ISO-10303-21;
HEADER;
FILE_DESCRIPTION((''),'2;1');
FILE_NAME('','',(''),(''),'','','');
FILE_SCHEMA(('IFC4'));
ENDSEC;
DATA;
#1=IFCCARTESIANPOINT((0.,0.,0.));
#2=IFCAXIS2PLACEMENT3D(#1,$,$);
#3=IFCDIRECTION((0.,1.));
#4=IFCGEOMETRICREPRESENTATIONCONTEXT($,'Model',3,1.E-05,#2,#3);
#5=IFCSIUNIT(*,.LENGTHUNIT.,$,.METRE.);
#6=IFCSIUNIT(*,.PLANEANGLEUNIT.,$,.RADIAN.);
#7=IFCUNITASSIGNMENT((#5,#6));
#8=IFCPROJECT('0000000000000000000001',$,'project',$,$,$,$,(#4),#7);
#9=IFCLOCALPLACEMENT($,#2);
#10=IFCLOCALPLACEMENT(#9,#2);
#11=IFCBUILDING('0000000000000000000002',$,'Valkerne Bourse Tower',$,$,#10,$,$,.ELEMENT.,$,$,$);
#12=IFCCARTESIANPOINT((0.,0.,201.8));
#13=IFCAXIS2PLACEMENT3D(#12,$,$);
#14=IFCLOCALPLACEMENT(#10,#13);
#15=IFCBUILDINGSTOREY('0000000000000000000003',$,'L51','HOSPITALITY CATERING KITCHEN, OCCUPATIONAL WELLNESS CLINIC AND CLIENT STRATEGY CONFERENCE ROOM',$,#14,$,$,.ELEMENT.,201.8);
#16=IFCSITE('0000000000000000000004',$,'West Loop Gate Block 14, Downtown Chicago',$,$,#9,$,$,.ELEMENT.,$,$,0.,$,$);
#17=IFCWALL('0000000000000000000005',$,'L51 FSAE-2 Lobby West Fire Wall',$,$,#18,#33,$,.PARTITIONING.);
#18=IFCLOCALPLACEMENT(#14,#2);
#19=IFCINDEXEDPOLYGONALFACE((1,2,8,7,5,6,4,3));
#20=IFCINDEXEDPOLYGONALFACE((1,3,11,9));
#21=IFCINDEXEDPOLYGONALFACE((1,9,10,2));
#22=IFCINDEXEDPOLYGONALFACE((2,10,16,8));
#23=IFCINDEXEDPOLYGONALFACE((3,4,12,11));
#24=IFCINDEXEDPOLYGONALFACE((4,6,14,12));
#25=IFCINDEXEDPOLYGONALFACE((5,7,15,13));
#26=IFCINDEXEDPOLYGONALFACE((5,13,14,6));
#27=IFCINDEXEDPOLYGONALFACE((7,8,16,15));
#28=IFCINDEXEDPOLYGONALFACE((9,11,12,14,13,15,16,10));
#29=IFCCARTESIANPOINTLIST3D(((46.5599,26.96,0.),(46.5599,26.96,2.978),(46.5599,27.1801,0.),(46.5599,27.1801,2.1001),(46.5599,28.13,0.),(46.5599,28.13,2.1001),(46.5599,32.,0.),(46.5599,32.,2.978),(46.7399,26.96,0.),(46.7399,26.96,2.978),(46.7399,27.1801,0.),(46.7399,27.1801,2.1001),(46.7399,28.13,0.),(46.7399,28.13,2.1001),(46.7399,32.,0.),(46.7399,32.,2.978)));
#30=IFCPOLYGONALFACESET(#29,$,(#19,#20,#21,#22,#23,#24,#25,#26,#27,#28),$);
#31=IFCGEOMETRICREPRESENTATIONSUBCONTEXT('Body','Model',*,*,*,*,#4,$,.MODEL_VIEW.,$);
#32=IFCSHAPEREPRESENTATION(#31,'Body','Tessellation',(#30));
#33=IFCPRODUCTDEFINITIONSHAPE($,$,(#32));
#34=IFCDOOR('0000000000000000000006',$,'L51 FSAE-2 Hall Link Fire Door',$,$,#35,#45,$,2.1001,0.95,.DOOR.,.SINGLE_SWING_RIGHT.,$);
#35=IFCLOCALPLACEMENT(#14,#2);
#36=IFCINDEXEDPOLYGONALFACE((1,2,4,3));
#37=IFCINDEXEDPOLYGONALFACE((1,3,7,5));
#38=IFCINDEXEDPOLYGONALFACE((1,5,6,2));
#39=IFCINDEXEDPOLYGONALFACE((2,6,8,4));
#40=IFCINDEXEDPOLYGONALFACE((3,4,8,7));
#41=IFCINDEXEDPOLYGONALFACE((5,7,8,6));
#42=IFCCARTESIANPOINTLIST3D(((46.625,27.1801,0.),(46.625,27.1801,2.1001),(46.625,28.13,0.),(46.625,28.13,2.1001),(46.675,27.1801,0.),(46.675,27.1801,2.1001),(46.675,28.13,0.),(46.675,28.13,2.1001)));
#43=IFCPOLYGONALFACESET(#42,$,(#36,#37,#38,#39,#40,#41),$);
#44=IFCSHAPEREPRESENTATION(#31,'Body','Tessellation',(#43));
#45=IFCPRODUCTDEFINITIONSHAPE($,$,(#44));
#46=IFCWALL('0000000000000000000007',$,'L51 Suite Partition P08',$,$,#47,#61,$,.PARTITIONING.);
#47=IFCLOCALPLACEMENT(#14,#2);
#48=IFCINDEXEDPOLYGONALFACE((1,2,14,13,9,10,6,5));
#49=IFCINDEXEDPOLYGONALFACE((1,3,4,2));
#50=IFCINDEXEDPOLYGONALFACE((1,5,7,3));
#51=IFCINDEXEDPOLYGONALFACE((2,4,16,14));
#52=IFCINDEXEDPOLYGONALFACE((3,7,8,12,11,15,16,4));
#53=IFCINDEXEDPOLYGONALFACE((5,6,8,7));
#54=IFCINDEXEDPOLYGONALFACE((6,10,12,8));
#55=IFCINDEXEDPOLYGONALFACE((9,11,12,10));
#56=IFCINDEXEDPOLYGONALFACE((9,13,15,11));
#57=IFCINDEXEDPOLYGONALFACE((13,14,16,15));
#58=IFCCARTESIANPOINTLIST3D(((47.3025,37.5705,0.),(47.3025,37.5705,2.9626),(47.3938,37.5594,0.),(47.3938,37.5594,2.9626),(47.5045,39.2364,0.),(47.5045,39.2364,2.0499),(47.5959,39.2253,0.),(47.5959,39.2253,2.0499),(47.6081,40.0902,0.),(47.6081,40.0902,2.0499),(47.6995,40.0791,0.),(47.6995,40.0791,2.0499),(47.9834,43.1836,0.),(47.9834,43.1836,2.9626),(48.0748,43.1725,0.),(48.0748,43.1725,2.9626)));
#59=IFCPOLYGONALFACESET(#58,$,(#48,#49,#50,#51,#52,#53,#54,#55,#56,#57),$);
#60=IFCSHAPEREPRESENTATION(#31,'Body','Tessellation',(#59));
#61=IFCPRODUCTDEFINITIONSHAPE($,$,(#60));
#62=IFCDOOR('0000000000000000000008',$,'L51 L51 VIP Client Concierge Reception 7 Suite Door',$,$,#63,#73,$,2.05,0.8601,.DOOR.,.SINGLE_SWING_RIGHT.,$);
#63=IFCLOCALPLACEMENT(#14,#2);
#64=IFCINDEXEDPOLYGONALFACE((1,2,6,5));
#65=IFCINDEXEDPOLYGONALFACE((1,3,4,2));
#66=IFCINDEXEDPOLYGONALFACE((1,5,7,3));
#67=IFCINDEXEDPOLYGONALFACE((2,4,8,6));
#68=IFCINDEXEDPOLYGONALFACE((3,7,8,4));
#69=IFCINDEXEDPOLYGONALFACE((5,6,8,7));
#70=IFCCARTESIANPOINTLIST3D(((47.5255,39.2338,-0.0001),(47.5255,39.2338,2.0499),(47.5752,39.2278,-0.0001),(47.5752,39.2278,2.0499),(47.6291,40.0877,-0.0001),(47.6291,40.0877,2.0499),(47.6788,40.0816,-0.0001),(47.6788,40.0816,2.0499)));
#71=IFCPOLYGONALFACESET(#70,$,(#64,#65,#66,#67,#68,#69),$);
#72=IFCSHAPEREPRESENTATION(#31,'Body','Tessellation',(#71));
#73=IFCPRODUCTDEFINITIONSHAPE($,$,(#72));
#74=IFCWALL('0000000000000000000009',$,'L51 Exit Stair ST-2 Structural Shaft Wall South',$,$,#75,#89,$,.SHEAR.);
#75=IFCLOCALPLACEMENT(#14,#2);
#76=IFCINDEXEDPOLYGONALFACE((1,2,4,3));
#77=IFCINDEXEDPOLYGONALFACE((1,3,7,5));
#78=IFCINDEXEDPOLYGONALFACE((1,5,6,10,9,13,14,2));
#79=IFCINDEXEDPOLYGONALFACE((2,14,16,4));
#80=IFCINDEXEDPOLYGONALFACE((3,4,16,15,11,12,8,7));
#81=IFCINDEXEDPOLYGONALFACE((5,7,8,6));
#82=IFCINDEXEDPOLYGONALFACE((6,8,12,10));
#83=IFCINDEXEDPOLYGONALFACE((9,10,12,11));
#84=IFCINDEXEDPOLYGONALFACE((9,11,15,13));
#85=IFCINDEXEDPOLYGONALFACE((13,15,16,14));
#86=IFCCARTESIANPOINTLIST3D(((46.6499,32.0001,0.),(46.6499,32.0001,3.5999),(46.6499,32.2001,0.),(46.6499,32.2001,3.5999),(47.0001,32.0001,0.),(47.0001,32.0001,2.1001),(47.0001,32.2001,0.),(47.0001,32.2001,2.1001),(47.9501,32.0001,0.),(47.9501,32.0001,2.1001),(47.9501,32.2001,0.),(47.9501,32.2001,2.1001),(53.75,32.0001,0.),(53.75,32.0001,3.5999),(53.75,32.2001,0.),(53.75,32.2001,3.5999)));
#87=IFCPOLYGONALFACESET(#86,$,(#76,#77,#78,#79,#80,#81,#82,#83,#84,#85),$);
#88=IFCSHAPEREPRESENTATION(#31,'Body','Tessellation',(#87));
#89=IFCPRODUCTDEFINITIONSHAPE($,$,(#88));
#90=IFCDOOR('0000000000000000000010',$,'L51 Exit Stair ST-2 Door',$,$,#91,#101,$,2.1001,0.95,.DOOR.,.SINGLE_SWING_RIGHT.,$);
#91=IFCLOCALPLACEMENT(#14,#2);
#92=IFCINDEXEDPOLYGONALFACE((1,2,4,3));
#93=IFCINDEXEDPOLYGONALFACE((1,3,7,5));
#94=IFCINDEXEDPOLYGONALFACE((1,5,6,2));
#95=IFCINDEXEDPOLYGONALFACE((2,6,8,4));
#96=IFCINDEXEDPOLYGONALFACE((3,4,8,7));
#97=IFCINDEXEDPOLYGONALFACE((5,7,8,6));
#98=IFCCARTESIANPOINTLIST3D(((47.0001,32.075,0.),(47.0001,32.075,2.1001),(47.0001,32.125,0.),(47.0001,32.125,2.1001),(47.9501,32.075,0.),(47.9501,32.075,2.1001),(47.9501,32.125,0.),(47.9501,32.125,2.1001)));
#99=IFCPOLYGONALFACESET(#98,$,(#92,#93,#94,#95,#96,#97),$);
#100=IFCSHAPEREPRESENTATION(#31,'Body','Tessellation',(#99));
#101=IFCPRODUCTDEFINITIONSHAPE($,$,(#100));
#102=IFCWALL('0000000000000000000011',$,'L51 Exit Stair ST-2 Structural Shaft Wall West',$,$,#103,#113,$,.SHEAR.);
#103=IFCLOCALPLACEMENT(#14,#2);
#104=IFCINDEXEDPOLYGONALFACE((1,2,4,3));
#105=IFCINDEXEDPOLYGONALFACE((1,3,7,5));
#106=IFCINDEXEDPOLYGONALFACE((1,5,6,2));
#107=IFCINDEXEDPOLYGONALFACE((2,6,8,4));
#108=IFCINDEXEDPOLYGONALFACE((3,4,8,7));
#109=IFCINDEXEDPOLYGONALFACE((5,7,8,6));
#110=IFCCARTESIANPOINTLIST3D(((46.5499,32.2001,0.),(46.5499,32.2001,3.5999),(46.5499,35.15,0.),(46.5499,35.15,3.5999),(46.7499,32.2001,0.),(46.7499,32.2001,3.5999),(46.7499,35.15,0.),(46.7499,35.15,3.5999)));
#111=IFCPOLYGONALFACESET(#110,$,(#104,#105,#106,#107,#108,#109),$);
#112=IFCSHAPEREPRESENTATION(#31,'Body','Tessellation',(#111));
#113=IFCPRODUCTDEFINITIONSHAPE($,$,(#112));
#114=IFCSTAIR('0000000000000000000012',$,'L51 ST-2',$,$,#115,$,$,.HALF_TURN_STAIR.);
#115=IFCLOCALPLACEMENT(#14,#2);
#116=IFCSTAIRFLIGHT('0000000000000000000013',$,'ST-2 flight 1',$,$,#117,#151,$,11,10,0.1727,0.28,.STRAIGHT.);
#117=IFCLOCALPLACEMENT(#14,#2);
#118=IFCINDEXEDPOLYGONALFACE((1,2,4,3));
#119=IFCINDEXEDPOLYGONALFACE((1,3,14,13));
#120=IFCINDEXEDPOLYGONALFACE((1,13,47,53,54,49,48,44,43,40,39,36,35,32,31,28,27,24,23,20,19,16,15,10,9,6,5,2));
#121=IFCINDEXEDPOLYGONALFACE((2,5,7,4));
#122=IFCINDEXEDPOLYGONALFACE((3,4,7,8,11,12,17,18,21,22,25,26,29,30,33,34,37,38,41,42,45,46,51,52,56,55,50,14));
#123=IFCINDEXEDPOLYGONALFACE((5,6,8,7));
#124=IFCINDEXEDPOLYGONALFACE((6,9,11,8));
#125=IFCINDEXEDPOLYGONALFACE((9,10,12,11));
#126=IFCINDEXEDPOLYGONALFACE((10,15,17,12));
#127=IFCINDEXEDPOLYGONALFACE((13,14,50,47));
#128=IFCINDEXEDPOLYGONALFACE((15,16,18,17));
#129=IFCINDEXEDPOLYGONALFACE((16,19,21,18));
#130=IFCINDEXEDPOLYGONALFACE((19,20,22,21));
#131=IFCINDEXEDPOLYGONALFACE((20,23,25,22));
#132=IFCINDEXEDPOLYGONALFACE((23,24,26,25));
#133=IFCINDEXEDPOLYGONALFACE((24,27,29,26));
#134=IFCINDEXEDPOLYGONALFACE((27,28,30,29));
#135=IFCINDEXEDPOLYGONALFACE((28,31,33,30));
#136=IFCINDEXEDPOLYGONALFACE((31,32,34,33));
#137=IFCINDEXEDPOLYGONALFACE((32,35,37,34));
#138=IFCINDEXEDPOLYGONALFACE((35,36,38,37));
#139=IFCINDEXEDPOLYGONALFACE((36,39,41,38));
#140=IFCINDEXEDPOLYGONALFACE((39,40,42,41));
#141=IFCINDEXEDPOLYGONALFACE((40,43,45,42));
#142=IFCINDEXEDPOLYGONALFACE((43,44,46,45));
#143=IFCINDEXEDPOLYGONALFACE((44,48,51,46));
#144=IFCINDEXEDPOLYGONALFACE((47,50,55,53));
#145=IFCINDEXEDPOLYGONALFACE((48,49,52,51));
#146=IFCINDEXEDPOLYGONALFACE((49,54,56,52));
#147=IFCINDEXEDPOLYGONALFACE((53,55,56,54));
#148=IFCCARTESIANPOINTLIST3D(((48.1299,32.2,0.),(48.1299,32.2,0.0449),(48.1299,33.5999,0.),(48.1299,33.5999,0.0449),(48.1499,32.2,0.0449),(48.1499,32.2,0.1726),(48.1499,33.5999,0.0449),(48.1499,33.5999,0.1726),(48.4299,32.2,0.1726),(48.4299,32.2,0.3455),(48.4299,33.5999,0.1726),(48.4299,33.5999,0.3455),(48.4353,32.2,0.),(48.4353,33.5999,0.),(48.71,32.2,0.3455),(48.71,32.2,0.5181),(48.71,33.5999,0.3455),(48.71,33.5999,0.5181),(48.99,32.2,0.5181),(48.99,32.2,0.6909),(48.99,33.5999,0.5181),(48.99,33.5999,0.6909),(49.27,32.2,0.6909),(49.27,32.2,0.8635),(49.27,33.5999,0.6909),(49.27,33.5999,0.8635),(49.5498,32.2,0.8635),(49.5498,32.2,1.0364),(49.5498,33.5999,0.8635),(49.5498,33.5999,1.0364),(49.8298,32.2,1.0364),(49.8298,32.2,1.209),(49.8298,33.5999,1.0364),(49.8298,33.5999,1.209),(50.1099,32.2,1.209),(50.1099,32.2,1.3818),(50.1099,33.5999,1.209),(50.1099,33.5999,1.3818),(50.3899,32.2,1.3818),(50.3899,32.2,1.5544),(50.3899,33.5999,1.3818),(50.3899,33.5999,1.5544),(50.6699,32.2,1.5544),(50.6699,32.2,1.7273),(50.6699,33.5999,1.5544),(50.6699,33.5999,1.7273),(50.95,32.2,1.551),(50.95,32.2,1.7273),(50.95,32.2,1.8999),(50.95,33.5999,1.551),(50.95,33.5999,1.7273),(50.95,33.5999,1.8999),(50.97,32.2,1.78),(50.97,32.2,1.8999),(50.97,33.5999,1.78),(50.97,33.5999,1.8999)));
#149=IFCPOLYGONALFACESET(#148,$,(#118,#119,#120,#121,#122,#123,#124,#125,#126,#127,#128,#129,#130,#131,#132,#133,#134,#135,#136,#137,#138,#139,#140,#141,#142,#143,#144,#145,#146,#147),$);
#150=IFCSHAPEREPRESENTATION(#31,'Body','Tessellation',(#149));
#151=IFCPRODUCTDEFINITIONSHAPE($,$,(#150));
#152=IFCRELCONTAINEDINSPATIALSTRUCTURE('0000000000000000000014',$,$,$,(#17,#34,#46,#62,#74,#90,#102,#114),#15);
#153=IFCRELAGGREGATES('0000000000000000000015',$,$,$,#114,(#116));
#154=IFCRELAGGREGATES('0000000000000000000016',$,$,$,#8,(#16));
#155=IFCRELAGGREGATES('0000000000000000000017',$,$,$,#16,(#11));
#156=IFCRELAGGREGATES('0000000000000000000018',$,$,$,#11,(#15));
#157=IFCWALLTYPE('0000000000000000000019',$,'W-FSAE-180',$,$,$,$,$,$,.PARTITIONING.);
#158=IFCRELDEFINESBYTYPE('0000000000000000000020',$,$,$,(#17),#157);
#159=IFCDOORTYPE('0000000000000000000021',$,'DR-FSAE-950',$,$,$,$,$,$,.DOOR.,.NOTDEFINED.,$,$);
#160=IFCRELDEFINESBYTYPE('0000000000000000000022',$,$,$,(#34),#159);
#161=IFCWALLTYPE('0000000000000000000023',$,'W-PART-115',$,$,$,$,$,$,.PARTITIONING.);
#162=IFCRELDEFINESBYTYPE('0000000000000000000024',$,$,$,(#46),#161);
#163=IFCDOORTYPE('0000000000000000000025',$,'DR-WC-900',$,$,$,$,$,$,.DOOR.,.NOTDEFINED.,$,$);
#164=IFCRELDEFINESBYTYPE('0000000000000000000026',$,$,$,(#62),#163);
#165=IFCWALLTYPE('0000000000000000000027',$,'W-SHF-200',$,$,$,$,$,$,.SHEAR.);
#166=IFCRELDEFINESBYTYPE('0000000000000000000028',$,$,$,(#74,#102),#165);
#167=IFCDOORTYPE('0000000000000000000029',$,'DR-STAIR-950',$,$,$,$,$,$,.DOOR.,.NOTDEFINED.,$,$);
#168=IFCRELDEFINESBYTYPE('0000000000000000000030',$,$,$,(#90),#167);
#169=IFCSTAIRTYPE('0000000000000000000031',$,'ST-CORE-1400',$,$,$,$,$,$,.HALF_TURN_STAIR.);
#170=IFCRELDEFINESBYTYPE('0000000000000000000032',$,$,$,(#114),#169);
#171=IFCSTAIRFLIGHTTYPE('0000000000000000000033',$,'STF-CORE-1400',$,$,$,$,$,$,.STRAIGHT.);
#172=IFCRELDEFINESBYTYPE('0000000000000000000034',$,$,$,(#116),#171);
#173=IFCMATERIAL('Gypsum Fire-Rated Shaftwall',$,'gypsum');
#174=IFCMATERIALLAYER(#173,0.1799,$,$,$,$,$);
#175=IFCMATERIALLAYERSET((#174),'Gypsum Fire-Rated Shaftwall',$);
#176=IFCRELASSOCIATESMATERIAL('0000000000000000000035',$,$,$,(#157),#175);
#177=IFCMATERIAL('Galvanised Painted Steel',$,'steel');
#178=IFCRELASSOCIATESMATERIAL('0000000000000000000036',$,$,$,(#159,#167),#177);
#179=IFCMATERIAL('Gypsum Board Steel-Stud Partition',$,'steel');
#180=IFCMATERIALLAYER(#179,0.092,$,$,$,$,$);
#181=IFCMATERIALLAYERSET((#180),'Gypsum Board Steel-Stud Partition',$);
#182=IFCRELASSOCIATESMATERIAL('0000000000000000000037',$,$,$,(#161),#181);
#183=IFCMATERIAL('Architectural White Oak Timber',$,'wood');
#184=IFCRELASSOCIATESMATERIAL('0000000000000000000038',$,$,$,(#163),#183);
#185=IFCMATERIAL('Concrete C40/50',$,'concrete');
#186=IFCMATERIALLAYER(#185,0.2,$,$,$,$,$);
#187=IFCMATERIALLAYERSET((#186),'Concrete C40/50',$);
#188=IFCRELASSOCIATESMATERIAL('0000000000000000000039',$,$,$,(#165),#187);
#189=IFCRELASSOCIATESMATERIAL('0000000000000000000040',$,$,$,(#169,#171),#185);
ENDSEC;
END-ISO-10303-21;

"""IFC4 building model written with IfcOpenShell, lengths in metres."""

from ifc_helpers import new_model, si_unit, direction, frame, frame_2d, origin, place, context, subcontext, project, spatial, polyline, rectangle, outline, extrude, material, layer, layer_set, type_object, element, fill, aggregate, save


model = new_model("IFC4")

# Units and contexts
model_context = context("Model", 3, precision=1e-05, world=origin(), true_north=direction((0.0, 1.0)))
body_context = subcontext(model_context, "Body", "Model", "MODEL_VIEW")
ifc_project = project(units=[si_unit("LENGTHUNIT", "METRE"), si_unit("PLANEANGLEUNIT", "RADIAN")], contexts=[model_context])

# Site, building, storey
site_placement = place(None, origin())
site = spatial("IfcSite", under=ifc_project, at=site_placement, Name="West Loop Gate Block 14, Downtown Chicago", CompositionType="ELEMENT", RefElevation=0.0)
building_placement = place(site_placement, origin())
building = spatial("IfcBuilding", under=site, at=building_placement, Name="Valkerne Bourse Tower", CompositionType="ELEMENT")
storey_placement = place(building_placement, frame((0.0, 0.0, 201.8)))
storey = spatial("IfcBuildingStorey", under=building, at=storey_placement, Name="L51", Description="HOSPITALITY CATERING KITCHEN, OCCUPATIONAL WELLNESS CLINIC AND CLIENT STRATEGY CONFERENCE ROOM", CompositionType="ELEMENT", Elevation=201.8)

# Shared definitions
ifc_material_1 = material(Name="Gypsum Board Steel-Stud Partition", Category="steel")
ifc_material_2 = material(Name="Gypsum Fire-Rated Shaftwall", Category="gypsum")
ifc_layer_1 = layer(ifc_material_2, 0.1799)
ifc_layer_set_1 = layer_set([ifc_layer_1], Name="Gypsum Fire-Rated Shaftwall")
wall_type_1 = type_object("IfcWallType", Name="W-FSAE-180", PredefinedType="PARTITIONING", material=ifc_layer_set_1)

# Wall, opening, door
wall_1_placement = place(storey_placement, frame((46.6499, 26.96, 0.0), z_axis=(0.0, 0.0, 1.0), x_axis=(0.0, 1.0, 0.0)))
wall_1 = element("IfcWall", 1, at=wall_1_placement, inside=storey, type_object=wall_type_1, Name="L51 FSAE-2 Lobby West Fire Wall", PredefinedType="PARTITIONING", context=body_context, shape_type="SweptSolid", body=[
    extrude(rectangle(XDim=5.04, YDim=0.1799, at=frame_2d((2.52, 0.0))), origin(), (0.0, 0.0, 1.0), 2.978),
])
opening_1_placement = place(wall_1_placement, frame((0.22, 0.0, 0.0)))
opening_1 = element("IfcOpeningElement", 2, at=opening_1_placement, cuts=wall_1, PredefinedType="OPENING", context=body_context, shape_type="SweptSolid", body=[
    extrude(rectangle(XDim=0.95, YDim=2.1001, at=frame_2d((0.4751, 1.05))), frame((0.0, 0.0999, 0.0), z_axis=(0.0, -1.0, 0.0), x_axis=(1.0, 0.0, 0.0)), (0.0, 0.0, 1.0), 0.2),
])
ifc_material_3 = material(Name="Galvanised Painted Steel", Category="steel")
door_type_1 = type_object("IfcDoorType", Name="DR-FSAE-950", OperationType="NOTDEFINED", PredefinedType="DOOR", material=ifc_material_3)
door_1_placement = place(opening_1_placement, origin())
door_1 = element("IfcDoor", 3, at=door_1_placement, inside=storey, type_object=door_type_1, Name="L51 FSAE-2 Hall Link Fire Door", OperationType="SINGLE_SWING_RIGHT", OverallHeight=2.1001, OverallWidth=0.95, PredefinedType="DOOR", context=body_context, shape_type="SweptSolid", body=[
    extrude(rectangle(XDim=0.95, YDim=2.1001, at=frame_2d((0.4751, 1.05))), frame((0.0, 0.0249, 0.0), z_axis=(0.0, -1.0, 0.0), x_axis=(1.0, 0.0, 0.0)), (0.0, 0.0, 1.0), 0.05),
])
fill(opening_1, door_1)

# Walls, openings, doors
ifc_layer_2 = layer(ifc_material_1, 0.092)
ifc_layer_set_2 = layer_set([ifc_layer_2], Name="Gypsum Board Steel-Stud Partition")
wall_type_2 = type_object("IfcWallType", Name="W-PART-115", PredefinedType="PARTITIONING", material=ifc_layer_set_2)
wall_2_placement = place(storey_placement, frame((47.3481, 37.5649, 0.0), z_axis=(0.0, 0.0, 1.0), x_axis=(0.120426, 0.992722, 0.0)))
wall_2 = element("IfcWall", 4, at=wall_2_placement, inside=storey, type_object=wall_type_2, Name="L51 Suite Partition P08", PredefinedType="PARTITIONING", context=body_context, shape_type="SweptSolid", body=[
    extrude(rectangle(XDim=5.6543, YDim=0.092, at=frame_2d((2.8271, 0.0))), origin(), (0.0, 0.0, 1.0), 2.9626),
])
opening_2_placement = place(wall_2_placement, frame((1.678, 0.0, 0.0)))
opening_2 = element("IfcOpeningElement", 5, at=opening_2_placement, cuts=wall_2, PredefinedType="OPENING", context=body_context, shape_type="SweptSolid", body=[
    extrude(rectangle(XDim=0.8601, YDim=2.05, at=frame_2d((0.4302, 1.0249))), frame((0.0, 0.0559, 0.0), z_axis=(0.0, -1.0, 0.0), x_axis=(1.0, 0.0, 0.0)), (0.0, 0.0, 1.0), 0.1121),
])
ifc_material_4 = material(Name="Architectural White Oak Timber", Category="wood")
door_type_2 = type_object("IfcDoorType", Name="DR-WC-900", OperationType="NOTDEFINED", PredefinedType="DOOR", material=ifc_material_4)
door_2_placement = place(opening_2_placement, origin())
door_2 = element("IfcDoor", 6, at=door_2_placement, inside=storey, type_object=door_type_2, Name="L51 L51 VIP Client Concierge Reception 7 Suite Door", OperationType="SINGLE_SWING_RIGHT", OverallHeight=2.05, OverallWidth=0.8601, PredefinedType="DOOR", context=body_context, shape_type="SweptSolid", body=[
    extrude(rectangle(XDim=0.8601, YDim=2.05, at=frame_2d((0.4302, 1.0249))), frame((0.0, 0.0249, 0.0), z_axis=(0.0, -1.0, 0.0), x_axis=(1.0, 0.0, 0.0)), (0.0, 0.0, 1.0), 0.05),
])
fill(opening_2, door_2)
ifc_material_5 = material(Name="Concrete C40/50", Category="concrete")
ifc_layer_3 = layer(ifc_material_5, 0.2)
ifc_layer_set_3 = layer_set([ifc_layer_3], Name="Concrete C40/50")
wall_type_3 = type_object("IfcWallType", Name="W-SHF-200", PredefinedType="SHEAR", material=ifc_layer_set_3)
wall_3_placement = place(storey_placement, frame((46.6499, 32.1001, 0.0), z_axis=(0.0, 0.0, 1.0), x_axis=(1.0, 0.0, 0.0)))
wall_3 = element("IfcWall", 7, at=wall_3_placement, inside=storey, type_object=wall_type_3, Name="L51 Exit Stair ST-2 Structural Shaft Wall South", PredefinedType="SHEAR", context=body_context, shape_type="SweptSolid", body=[
    extrude(rectangle(XDim=7.1001, YDim=0.2, at=frame_2d((3.55, 0.0))), origin(), (0.0, 0.0, 1.0), 3.5999),
])
opening_3_placement = place(wall_3_placement, frame((0.3501, 0.0, 0.0)))
opening_3 = element("IfcOpeningElement", 8, at=opening_3_placement, cuts=wall_3, PredefinedType="OPENING", context=body_context, shape_type="SweptSolid", body=[
    extrude(rectangle(XDim=0.95, YDim=2.1001, at=frame_2d((0.4751, 1.05))), frame((0.0, 0.1099, 0.0), z_axis=(0.0, -1.0, 0.0), x_axis=(1.0, 0.0, 0.0)), (0.0, 0.0, 1.0), 0.22),
])
door_type_3 = type_object("IfcDoorType", Name="DR-STAIR-950", OperationType="NOTDEFINED", PredefinedType="DOOR", material=ifc_material_3)
door_3_placement = place(opening_3_placement, origin())
door_3 = element("IfcDoor", 9, at=door_3_placement, inside=storey, type_object=door_type_3, Name="L51 Exit Stair ST-2 Door", OperationType="SINGLE_SWING_RIGHT", OverallHeight=2.1001, OverallWidth=0.95, PredefinedType="DOOR", context=body_context, shape_type="SweptSolid", body=[
    extrude(rectangle(XDim=0.95, YDim=2.1001, at=frame_2d((0.4751, 1.05))), frame((0.0, 0.0249, 0.0), z_axis=(0.0, -1.0, 0.0), x_axis=(1.0, 0.0, 0.0)), (0.0, 0.0, 1.0), 0.05),
])
fill(opening_3, door_3)

# Wall
wall_4_placement = place(storey_placement, frame((46.6499, 32.2, 0.0), z_axis=(0.0, 0.0, 1.0), x_axis=(0.0, 1.0, 0.0)))
element("IfcWall", 10, at=wall_4_placement, inside=storey, type_object=wall_type_3, Name="L51 Exit Stair ST-2 Structural Shaft Wall West", PredefinedType="SHEAR", context=body_context, shape_type="SweptSolid", body=[
    extrude(rectangle(XDim=2.95, YDim=0.2, at=frame_2d((1.4751, 0.0))), origin(), (0.0, 0.0, 1.0), 3.5999),
])

# Stair, stair flight
stair_type = type_object("IfcStairType", Name="ST-CORE-1400", PredefinedType="HALF_TURN_STAIR", material=ifc_material_5)
stair_placement = place(storey_placement, origin())
stair = element("IfcStair", 11, at=stair_placement, inside=storey, type_object=stair_type, Name="L51 ST-2", PredefinedType="HALF_TURN_STAIR")
stair_flight_type = type_object("IfcStairFlightType", Name="STF-CORE-1400", PredefinedType="STRAIGHT", material=ifc_material_5)
stair_flight_placement = place(storey_placement, frame((48.1499, 32.8999, 0.0), z_axis=(0.0, 0.0, 1.0), x_axis=(1.0, 0.0, 0.0)))
stair_flight = element("IfcStairFlight", 12, at=stair_flight_placement, type_object=stair_flight_type, Name="ST-2 flight 1", NumberOfRisers=11, NumberOfTreads=10, PredefinedType="STRAIGHT", RiserHeight=0.1727, TreadLength=0.28, context=body_context, shape_type="SweptSolid", body=[
    extrude(outline(polyline([(-0.02, 0.0), (-0.02, 0.0449), (0.0, 0.0449), (0.0, 0.1726), (0.28, 0.1726), (0.28, 0.3455), (0.5601, 0.3455), (0.5601, 0.5181), (0.8401, 0.5181), (0.8401, 0.6909), (1.1201, 0.6909), (1.1201, 0.8635), (1.3999, 0.8635), (1.3999, 1.0364), (1.6799, 1.0364), (1.6799, 1.209), (1.96, 1.209), (1.96, 1.3818), (2.24, 1.3818), (2.24, 1.5544), (2.52, 1.5544), (2.52, 1.7273), (2.8, 1.7273), (2.8, 1.8999), (2.8201, 1.8999), (2.8201, 1.78), (2.8, 1.551), (0.2854, 0.0), (-0.02, 0.0)])), frame((0.0, 0.7, 0.0), z_axis=(0.0, -1.0, 0.0), x_axis=(1.0, 0.0, 0.0)), (0.0, 0.0, 1.0), 1.3999),
])
aggregate(stair, [stair_flight])

save(model, "model.ifc")
